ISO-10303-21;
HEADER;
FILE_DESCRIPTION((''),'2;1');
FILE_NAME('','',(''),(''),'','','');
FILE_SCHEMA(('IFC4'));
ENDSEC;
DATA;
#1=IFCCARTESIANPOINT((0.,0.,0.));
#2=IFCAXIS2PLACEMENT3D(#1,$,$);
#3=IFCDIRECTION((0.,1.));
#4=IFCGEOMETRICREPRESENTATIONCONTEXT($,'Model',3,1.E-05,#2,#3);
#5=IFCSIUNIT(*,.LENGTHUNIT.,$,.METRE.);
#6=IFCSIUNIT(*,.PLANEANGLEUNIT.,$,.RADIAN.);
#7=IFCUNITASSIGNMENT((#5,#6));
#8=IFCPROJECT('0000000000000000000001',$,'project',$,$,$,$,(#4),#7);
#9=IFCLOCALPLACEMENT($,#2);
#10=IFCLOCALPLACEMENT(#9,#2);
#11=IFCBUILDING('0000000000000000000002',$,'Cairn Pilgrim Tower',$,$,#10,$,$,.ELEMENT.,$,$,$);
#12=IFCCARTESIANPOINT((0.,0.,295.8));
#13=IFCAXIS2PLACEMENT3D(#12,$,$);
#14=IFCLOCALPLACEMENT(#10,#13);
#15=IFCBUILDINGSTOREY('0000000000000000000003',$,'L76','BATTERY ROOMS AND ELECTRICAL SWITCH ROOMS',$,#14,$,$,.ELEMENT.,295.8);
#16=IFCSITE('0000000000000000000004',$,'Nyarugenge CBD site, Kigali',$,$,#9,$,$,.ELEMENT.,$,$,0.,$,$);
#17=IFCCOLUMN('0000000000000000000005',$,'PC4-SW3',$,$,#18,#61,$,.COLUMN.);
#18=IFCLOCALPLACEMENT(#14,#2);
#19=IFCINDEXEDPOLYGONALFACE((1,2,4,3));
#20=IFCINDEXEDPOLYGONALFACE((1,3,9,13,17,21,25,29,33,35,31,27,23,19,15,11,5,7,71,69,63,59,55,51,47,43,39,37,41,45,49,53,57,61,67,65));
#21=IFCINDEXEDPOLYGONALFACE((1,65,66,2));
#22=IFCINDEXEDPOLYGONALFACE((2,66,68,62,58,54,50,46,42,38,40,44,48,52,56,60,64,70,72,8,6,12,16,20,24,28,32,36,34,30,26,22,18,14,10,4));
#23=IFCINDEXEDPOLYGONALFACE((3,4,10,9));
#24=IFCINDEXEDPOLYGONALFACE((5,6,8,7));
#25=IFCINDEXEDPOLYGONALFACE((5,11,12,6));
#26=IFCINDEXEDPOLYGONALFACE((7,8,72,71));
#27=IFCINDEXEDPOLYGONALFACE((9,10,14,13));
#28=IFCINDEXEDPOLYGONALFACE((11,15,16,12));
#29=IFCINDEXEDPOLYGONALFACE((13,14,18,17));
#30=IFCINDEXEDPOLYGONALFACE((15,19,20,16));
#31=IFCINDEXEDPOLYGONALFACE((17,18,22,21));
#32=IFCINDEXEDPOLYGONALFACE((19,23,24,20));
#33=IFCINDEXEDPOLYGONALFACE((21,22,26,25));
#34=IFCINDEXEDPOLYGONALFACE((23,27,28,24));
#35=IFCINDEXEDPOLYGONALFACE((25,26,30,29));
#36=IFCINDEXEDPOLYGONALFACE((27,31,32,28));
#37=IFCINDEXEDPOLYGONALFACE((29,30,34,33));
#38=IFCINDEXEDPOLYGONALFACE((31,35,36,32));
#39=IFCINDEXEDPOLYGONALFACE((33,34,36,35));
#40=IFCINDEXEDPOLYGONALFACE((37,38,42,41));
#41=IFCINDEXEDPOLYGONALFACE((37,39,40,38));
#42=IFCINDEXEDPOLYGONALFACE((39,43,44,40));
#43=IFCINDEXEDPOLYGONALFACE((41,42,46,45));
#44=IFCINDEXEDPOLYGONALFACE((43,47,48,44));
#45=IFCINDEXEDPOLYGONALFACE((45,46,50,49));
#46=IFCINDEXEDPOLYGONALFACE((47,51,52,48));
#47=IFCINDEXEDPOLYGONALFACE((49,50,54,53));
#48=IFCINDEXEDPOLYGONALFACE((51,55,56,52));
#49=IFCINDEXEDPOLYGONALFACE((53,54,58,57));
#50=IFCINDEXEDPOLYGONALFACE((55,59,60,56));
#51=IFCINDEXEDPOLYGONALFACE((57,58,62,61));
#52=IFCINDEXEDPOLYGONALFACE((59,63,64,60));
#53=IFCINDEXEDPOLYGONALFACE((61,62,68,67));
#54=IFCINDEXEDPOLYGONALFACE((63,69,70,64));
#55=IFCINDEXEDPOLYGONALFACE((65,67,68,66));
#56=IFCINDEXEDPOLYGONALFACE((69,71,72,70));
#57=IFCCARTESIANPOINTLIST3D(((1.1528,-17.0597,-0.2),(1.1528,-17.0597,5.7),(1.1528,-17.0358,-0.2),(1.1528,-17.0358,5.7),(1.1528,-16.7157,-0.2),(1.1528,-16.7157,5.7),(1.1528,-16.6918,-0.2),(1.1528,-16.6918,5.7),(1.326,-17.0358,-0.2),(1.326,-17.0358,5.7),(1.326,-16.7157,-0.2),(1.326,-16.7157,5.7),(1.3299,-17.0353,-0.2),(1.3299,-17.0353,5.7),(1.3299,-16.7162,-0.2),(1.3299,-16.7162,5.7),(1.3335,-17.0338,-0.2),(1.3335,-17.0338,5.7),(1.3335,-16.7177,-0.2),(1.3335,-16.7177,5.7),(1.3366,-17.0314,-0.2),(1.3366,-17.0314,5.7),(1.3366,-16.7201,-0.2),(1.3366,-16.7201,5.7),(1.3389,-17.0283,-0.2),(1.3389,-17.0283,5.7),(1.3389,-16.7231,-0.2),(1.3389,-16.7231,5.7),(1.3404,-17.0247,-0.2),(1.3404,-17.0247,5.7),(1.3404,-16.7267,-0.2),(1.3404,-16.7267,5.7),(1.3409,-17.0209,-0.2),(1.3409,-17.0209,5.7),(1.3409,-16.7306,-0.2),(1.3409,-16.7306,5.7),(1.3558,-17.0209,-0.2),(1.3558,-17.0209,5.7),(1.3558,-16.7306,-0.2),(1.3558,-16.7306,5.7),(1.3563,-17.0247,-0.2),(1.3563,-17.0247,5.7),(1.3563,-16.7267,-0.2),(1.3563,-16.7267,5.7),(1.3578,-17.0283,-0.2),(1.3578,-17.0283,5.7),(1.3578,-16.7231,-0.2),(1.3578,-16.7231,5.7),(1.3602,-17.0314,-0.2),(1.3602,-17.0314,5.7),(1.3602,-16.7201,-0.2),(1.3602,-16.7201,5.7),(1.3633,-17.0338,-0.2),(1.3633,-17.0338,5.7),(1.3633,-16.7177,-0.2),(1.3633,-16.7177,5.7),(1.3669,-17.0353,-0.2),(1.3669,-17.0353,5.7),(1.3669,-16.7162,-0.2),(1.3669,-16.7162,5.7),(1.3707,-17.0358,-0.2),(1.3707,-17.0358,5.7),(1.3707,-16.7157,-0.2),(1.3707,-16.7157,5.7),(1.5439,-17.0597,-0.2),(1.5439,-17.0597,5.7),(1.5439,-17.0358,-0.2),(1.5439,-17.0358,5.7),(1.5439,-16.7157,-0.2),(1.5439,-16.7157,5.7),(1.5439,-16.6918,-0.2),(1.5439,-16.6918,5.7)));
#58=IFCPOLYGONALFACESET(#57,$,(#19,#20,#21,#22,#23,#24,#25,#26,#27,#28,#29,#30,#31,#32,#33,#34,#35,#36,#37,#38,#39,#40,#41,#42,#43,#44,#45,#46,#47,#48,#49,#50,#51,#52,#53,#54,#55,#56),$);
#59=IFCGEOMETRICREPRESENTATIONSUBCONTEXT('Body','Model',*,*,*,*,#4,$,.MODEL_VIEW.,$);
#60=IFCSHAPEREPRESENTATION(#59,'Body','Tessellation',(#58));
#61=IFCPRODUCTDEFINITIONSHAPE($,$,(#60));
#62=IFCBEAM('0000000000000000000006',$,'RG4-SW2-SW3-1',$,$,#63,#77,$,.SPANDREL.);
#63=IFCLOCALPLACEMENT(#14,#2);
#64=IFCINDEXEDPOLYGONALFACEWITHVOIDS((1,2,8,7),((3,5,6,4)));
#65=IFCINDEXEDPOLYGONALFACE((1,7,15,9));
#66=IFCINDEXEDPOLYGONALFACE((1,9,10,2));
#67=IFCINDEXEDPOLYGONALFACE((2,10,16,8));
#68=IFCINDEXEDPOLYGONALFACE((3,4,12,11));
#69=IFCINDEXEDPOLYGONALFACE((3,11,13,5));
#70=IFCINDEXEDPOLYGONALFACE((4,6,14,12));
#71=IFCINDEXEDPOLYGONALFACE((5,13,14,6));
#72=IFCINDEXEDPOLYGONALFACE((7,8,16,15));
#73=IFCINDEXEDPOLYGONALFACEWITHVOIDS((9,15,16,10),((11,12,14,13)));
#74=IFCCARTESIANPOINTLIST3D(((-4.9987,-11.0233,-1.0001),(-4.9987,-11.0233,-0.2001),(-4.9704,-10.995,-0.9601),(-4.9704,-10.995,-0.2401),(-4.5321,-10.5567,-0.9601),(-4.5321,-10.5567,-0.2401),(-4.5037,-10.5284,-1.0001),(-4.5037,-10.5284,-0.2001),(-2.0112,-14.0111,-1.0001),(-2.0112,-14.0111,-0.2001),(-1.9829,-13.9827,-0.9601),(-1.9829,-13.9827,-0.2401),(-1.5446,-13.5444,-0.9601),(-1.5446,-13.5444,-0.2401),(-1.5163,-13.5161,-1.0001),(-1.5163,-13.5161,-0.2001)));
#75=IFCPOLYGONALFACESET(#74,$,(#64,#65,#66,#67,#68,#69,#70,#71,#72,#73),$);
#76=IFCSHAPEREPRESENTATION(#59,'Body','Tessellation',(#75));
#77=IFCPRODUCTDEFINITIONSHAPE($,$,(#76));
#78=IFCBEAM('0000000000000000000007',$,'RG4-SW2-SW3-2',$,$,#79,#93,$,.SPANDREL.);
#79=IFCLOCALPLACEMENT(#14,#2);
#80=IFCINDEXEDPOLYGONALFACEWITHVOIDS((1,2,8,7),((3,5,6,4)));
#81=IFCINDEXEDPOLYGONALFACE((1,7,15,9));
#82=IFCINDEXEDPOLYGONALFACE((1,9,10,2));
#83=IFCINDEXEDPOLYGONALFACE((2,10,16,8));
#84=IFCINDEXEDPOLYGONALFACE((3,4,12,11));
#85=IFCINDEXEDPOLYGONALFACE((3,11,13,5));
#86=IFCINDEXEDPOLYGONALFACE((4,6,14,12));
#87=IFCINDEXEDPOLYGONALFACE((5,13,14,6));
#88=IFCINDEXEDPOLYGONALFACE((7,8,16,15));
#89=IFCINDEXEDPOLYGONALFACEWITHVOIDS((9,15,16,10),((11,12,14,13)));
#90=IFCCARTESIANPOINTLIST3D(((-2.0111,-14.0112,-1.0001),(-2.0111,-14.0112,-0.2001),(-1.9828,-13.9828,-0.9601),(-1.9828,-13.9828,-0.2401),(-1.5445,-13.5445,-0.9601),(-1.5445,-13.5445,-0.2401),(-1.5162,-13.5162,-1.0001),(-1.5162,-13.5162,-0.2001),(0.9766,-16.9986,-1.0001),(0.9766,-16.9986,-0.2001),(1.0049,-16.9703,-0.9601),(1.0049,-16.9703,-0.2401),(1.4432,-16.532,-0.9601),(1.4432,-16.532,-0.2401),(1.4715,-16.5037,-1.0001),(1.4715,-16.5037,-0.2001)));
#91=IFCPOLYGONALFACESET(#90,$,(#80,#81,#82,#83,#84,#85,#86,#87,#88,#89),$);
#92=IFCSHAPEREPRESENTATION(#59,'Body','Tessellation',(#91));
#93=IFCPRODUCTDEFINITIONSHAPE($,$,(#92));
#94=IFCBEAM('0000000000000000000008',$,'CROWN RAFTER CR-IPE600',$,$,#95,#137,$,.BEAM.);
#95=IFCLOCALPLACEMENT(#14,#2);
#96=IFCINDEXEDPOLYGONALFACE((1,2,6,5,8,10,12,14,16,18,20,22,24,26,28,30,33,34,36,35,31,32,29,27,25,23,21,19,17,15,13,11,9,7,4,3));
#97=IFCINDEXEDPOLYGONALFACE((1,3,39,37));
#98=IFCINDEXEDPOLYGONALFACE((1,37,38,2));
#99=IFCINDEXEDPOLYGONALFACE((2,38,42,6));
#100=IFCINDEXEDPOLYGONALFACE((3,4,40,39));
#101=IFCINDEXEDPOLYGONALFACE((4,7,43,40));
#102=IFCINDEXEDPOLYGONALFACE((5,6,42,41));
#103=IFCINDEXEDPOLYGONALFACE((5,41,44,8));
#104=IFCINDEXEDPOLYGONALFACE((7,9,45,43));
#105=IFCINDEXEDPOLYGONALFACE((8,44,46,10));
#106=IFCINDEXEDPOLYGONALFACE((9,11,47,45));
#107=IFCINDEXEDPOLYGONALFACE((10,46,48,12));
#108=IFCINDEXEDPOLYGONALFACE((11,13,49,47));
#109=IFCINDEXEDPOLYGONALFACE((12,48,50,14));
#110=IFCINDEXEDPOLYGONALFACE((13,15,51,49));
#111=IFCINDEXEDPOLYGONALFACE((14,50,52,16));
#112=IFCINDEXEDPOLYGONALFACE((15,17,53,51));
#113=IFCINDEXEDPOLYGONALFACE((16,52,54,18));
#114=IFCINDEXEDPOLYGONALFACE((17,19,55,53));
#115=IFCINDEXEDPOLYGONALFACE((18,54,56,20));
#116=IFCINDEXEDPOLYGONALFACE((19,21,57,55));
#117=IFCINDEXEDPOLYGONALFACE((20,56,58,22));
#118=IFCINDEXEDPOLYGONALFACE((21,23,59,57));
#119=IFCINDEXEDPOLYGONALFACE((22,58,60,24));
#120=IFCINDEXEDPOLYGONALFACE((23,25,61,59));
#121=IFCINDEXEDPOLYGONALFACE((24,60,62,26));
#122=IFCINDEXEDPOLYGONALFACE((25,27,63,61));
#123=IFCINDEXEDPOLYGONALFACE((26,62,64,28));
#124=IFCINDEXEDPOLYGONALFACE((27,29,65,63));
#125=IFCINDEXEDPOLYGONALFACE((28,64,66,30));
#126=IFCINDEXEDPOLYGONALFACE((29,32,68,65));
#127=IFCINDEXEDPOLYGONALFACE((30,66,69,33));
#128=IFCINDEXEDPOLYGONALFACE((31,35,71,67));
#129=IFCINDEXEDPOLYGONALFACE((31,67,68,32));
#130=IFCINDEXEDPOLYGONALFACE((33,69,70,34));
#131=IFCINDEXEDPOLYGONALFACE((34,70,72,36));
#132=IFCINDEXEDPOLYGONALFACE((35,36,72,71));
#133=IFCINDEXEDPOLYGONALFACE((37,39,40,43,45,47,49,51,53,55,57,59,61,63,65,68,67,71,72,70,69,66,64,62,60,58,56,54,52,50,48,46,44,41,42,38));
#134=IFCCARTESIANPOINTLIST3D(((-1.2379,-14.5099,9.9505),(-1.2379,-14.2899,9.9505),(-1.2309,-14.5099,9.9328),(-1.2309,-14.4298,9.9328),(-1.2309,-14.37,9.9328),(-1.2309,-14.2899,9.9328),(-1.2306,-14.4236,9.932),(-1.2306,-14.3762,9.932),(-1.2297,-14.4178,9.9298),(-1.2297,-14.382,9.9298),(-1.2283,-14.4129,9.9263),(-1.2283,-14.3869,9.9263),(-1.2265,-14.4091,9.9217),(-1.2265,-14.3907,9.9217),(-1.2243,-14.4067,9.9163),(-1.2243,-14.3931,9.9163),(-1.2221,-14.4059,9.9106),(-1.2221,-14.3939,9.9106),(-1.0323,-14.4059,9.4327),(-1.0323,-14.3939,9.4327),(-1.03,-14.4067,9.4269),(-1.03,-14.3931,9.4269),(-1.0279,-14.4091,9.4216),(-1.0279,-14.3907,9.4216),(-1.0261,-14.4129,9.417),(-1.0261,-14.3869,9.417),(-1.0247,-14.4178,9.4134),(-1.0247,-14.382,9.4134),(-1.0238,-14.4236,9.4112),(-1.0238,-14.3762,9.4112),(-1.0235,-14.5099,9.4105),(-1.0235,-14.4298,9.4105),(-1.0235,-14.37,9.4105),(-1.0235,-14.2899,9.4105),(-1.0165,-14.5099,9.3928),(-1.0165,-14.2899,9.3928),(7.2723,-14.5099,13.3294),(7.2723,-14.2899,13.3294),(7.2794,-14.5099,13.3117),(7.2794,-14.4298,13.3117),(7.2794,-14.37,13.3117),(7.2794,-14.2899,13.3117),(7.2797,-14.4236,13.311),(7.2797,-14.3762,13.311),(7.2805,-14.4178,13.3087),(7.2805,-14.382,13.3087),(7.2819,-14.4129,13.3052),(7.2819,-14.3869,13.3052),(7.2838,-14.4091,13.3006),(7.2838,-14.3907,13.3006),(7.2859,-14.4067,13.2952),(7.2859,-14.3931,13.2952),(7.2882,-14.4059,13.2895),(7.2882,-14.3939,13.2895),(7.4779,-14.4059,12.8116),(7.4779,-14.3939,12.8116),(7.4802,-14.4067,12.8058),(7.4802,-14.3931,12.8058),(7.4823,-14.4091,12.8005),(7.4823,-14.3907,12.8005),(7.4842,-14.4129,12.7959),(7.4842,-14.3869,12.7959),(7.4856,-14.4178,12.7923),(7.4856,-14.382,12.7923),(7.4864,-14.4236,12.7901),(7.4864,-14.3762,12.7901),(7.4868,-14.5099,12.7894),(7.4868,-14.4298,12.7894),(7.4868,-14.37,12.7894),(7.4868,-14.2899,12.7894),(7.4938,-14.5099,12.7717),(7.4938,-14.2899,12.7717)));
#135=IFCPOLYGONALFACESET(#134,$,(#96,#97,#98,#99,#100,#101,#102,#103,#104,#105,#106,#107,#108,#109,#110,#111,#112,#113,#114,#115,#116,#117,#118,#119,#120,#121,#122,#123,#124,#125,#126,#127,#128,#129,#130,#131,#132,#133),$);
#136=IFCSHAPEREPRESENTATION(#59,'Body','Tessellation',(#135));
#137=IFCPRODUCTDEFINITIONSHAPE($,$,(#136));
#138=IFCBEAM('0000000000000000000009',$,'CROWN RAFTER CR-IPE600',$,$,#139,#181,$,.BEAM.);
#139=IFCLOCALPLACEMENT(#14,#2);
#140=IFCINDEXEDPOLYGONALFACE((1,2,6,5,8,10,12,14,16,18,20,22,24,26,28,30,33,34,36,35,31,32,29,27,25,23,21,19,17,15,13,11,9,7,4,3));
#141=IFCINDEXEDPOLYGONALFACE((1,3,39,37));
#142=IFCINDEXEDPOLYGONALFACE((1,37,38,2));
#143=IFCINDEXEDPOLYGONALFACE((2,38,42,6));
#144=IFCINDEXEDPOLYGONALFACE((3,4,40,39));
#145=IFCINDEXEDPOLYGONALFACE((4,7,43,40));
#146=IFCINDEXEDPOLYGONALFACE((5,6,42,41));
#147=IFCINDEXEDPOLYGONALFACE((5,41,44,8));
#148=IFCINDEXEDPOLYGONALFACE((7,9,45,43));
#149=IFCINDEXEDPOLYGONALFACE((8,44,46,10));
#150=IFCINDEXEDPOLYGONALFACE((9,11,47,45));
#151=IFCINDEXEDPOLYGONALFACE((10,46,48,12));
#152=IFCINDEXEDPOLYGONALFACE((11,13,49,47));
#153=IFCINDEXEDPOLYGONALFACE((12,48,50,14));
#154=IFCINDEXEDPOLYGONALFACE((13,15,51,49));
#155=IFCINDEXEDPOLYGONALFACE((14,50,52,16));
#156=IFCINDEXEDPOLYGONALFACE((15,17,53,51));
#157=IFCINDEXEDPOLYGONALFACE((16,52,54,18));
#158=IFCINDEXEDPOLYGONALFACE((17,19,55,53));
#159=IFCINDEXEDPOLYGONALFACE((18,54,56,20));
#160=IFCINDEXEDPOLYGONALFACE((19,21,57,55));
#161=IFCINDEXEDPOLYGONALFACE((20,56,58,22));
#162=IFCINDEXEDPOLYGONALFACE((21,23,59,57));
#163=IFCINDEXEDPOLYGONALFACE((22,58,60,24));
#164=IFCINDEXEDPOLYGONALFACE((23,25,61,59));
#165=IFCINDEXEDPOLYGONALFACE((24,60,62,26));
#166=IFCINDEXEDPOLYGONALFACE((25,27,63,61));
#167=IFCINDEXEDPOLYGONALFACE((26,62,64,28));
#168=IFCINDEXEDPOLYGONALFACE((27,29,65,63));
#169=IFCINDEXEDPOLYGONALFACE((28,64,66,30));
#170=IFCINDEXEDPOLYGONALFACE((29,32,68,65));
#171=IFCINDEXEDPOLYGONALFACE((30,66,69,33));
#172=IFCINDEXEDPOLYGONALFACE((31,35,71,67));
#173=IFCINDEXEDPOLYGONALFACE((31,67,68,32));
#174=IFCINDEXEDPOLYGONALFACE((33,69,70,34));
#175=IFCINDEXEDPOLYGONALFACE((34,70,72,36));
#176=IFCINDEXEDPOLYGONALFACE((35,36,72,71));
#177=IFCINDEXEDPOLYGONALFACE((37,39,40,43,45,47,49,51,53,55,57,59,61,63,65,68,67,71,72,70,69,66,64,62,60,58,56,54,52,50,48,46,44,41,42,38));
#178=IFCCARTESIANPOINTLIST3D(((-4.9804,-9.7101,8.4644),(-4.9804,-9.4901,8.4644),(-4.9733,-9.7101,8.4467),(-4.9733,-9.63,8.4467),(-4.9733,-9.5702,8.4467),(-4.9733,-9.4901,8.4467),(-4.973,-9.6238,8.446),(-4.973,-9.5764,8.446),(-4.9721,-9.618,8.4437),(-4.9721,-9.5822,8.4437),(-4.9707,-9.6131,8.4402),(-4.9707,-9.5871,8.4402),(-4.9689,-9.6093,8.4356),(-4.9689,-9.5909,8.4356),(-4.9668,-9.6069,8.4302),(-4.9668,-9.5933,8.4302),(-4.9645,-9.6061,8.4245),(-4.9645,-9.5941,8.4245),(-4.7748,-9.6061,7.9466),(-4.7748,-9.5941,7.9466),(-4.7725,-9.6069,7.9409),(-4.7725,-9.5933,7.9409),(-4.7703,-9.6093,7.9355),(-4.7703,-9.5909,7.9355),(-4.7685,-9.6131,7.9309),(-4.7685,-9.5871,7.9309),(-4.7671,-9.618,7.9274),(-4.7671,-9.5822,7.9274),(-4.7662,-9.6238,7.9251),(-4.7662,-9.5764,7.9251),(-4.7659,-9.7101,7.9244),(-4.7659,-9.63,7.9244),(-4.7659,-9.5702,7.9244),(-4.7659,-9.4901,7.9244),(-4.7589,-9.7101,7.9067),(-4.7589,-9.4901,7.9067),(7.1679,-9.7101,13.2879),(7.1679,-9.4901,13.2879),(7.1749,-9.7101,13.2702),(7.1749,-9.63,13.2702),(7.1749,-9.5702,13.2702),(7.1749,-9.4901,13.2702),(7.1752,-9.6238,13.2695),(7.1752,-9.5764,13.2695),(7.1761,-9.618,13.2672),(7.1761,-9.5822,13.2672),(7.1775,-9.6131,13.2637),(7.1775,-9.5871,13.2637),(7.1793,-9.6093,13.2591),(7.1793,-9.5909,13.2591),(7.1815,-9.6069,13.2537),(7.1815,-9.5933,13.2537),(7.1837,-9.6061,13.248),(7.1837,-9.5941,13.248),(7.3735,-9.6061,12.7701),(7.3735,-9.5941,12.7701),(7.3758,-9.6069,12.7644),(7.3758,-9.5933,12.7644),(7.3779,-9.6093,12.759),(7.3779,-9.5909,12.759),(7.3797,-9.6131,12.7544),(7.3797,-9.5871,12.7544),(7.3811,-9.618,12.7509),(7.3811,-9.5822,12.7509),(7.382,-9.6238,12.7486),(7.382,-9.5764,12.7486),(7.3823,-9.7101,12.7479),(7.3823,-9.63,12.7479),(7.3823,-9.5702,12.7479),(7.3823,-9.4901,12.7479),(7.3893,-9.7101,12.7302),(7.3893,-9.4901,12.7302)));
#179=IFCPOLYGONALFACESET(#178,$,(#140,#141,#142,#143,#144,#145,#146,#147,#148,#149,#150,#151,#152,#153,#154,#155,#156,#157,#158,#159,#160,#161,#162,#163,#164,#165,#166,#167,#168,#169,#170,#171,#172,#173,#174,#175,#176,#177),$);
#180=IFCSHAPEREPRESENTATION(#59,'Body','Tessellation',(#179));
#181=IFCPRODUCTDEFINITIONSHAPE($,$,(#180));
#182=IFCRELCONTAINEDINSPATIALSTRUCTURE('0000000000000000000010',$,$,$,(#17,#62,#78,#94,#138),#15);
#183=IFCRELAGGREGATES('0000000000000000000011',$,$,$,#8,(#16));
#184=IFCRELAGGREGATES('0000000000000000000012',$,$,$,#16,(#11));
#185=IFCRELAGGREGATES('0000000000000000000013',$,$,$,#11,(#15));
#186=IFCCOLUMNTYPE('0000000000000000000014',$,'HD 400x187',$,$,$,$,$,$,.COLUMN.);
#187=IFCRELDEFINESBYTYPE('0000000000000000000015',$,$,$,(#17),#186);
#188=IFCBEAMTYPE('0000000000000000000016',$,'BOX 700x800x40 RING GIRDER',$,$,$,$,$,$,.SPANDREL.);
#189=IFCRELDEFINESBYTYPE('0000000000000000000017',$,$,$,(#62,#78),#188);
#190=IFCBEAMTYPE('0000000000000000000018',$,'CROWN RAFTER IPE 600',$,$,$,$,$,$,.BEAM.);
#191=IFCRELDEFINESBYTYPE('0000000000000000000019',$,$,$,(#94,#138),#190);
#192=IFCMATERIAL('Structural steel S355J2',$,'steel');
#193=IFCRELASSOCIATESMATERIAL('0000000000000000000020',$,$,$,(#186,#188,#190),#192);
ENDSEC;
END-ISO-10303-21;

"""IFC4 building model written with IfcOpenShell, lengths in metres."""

from ifc_helpers import new_model, si_unit, direction, frame, origin, origin_2d, place, context, subcontext, project, spatial, hollow_rectangle, i_section, extrude, material, material_profile, profile_set, type_object, element, save


model = new_model("IFC4")

# Units and contexts
model_context = context("Model", 3, precision=1e-05, world=origin(), true_north=direction((0.0, 1.0)))
body_context = subcontext(model_context, "Body", "Model", "MODEL_VIEW")
ifc_project = project(units=[si_unit("LENGTHUNIT", "METRE"), si_unit("PLANEANGLEUNIT", "RADIAN")], contexts=[model_context])

# Site, building, storey
site_placement = place(None, origin())
site = spatial("IfcSite", under=ifc_project, at=site_placement, Name="Nyarugenge CBD site, Kigali", CompositionType="ELEMENT", RefElevation=0.0)
building_placement = place(site_placement, origin())
building = spatial("IfcBuilding", under=site, at=building_placement, Name="Cairn Pilgrim Tower", CompositionType="ELEMENT")
storey_placement = place(building_placement, frame((0.0, 0.0, 295.8)))
storey = spatial("IfcBuildingStorey", under=building, at=storey_placement, Name="L76", Description="BATTERY ROOMS AND ELECTRICAL SWITCH ROOMS", CompositionType="ELEMENT", Elevation=295.8)

# Column
ifc_material_1 = material(Name="Structural steel S355J2", Category="steel")
ifc_material_profile_1 = material_profile(ifc_material_1, i_section(OverallWidth=0.3911, OverallDepth=0.3679, WebThickness=0.0149, FlangeThickness=0.0239, FilletRadius=0.0149, at=origin_2d()), Name="HD 400x187")
ifc_profile_set_1 = profile_set([ifc_material_profile_1], Name="Structural steel S355J2")
column_type_1 = type_object("IfcColumnType", Name="HD 400x187", PredefinedType="COLUMN", material=ifc_profile_set_1)
for number, where, z_axis, x_axis, name in (
    (1, (1.3484, -16.8757, -0.2), (0.0, 0.0, 1.0), (1.0, 0.0, 0.0), "PC4-SW3"),
):
    element("IfcColumn", number, at=place(storey_placement, frame(where, z_axis=z_axis, x_axis=x_axis)), inside=storey, type_object=column_type_1, Name=name, PredefinedType="COLUMN", context=body_context, shape_type="SweptSolid", body=[
        extrude(i_section(OverallWidth=0.3911, OverallDepth=0.3679, WebThickness=0.0149, FlangeThickness=0.0239, FilletRadius=0.0149, at=origin_2d()), origin(), (0.0, 0.0, 1.0), 5.8999),
    ])

# Beams
ifc_material_profile_2 = material_profile(ifc_material_1, hollow_rectangle(XDim=0.7, YDim=0.8, WallThickness=0.04, at=origin_2d()), Name="BOX 700x800x40")
ifc_profile_set_2 = profile_set([ifc_material_profile_2], Name="Structural steel S355J2")
beam_type_1 = type_object("IfcBeamType", Name="BOX 700x800x40 RING GIRDER", PredefinedType="SPANDREL", material=ifc_profile_set_2)
for number, where, z_axis, x_axis, name in (
    (2, (-4.7512, -10.7759, -0.6001), (0.707078, -0.707136, 0.0), (0.707136, 0.707078, 0.0), "RG4-SW2-SW3-1"),
    (3, (-1.7637, -13.7637, -0.6001), (0.707136, -0.707078, 0.0), (0.707078, 0.707136, 0.0), "RG4-SW2-SW3-2"),
):
    element("IfcBeam", number, at=place(storey_placement, frame(where, z_axis=z_axis, x_axis=x_axis)), inside=storey, type_object=beam_type_1, Name=name, PredefinedType="SPANDREL", context=body_context, shape_type="SweptSolid", body=[
        extrude(hollow_rectangle(XDim=0.7, YDim=0.8, WallThickness=0.04, at=origin_2d()), origin(), (0.0, 0.0, 1.0), 4.2251),
    ])
ifc_material_profile_3 = material_profile(ifc_material_1, i_section(OverallWidth=0.22, OverallDepth=0.6001, WebThickness=0.012, FlangeThickness=0.019, FilletRadius=0.0239, at=origin_2d()), Name="IPE 600")
ifc_profile_set_3 = profile_set([ifc_material_profile_3], Name="Structural steel S355J2")
beam_type_2 = type_object("IfcBeamType", Name="CROWN RAFTER IPE 600", PredefinedType="BEAM", material=ifc_profile_set_3)
beam_1_placement = place(storey_placement, frame((-1.1272, -14.3999, 9.6716), z_axis=(0.929422, 0.0, 0.369017), x_axis=(0.0, 1.0, 0.0)))
element("IfcBeam", 4, at=beam_1_placement, inside=storey, type_object=beam_type_2, Name="CROWN RAFTER CR-IPE600", PredefinedType="BEAM", context=body_context, shape_type="SweptSolid", body=[
    extrude(i_section(OverallWidth=0.22, OverallDepth=0.6001, WebThickness=0.012, FlangeThickness=0.019, FilletRadius=0.0239, at=origin_2d()), origin(), (0.0, 0.0, 1.0), 9.1565),
])
beam_2_placement = place(storey_placement, frame((-4.8696, -9.6001, 8.1855), z_axis=(0.929418, 0.0, 0.369029), x_axis=(0.0, 1.0, 0.0)))
element("IfcBeam", 5, at=beam_2_placement, inside=storey, type_object=beam_type_2, Name="CROWN RAFTER CR-IPE600", PredefinedType="BEAM", context=body_context, shape_type="SweptSolid", body=[
    extrude(i_section(OverallWidth=0.22, OverallDepth=0.6001, WebThickness=0.012, FlangeThickness=0.019, FilletRadius=0.0239, at=origin_2d()), origin(), (0.0, 0.0, 1.0), 13.0708),
])

save(model, "model.ifc")
